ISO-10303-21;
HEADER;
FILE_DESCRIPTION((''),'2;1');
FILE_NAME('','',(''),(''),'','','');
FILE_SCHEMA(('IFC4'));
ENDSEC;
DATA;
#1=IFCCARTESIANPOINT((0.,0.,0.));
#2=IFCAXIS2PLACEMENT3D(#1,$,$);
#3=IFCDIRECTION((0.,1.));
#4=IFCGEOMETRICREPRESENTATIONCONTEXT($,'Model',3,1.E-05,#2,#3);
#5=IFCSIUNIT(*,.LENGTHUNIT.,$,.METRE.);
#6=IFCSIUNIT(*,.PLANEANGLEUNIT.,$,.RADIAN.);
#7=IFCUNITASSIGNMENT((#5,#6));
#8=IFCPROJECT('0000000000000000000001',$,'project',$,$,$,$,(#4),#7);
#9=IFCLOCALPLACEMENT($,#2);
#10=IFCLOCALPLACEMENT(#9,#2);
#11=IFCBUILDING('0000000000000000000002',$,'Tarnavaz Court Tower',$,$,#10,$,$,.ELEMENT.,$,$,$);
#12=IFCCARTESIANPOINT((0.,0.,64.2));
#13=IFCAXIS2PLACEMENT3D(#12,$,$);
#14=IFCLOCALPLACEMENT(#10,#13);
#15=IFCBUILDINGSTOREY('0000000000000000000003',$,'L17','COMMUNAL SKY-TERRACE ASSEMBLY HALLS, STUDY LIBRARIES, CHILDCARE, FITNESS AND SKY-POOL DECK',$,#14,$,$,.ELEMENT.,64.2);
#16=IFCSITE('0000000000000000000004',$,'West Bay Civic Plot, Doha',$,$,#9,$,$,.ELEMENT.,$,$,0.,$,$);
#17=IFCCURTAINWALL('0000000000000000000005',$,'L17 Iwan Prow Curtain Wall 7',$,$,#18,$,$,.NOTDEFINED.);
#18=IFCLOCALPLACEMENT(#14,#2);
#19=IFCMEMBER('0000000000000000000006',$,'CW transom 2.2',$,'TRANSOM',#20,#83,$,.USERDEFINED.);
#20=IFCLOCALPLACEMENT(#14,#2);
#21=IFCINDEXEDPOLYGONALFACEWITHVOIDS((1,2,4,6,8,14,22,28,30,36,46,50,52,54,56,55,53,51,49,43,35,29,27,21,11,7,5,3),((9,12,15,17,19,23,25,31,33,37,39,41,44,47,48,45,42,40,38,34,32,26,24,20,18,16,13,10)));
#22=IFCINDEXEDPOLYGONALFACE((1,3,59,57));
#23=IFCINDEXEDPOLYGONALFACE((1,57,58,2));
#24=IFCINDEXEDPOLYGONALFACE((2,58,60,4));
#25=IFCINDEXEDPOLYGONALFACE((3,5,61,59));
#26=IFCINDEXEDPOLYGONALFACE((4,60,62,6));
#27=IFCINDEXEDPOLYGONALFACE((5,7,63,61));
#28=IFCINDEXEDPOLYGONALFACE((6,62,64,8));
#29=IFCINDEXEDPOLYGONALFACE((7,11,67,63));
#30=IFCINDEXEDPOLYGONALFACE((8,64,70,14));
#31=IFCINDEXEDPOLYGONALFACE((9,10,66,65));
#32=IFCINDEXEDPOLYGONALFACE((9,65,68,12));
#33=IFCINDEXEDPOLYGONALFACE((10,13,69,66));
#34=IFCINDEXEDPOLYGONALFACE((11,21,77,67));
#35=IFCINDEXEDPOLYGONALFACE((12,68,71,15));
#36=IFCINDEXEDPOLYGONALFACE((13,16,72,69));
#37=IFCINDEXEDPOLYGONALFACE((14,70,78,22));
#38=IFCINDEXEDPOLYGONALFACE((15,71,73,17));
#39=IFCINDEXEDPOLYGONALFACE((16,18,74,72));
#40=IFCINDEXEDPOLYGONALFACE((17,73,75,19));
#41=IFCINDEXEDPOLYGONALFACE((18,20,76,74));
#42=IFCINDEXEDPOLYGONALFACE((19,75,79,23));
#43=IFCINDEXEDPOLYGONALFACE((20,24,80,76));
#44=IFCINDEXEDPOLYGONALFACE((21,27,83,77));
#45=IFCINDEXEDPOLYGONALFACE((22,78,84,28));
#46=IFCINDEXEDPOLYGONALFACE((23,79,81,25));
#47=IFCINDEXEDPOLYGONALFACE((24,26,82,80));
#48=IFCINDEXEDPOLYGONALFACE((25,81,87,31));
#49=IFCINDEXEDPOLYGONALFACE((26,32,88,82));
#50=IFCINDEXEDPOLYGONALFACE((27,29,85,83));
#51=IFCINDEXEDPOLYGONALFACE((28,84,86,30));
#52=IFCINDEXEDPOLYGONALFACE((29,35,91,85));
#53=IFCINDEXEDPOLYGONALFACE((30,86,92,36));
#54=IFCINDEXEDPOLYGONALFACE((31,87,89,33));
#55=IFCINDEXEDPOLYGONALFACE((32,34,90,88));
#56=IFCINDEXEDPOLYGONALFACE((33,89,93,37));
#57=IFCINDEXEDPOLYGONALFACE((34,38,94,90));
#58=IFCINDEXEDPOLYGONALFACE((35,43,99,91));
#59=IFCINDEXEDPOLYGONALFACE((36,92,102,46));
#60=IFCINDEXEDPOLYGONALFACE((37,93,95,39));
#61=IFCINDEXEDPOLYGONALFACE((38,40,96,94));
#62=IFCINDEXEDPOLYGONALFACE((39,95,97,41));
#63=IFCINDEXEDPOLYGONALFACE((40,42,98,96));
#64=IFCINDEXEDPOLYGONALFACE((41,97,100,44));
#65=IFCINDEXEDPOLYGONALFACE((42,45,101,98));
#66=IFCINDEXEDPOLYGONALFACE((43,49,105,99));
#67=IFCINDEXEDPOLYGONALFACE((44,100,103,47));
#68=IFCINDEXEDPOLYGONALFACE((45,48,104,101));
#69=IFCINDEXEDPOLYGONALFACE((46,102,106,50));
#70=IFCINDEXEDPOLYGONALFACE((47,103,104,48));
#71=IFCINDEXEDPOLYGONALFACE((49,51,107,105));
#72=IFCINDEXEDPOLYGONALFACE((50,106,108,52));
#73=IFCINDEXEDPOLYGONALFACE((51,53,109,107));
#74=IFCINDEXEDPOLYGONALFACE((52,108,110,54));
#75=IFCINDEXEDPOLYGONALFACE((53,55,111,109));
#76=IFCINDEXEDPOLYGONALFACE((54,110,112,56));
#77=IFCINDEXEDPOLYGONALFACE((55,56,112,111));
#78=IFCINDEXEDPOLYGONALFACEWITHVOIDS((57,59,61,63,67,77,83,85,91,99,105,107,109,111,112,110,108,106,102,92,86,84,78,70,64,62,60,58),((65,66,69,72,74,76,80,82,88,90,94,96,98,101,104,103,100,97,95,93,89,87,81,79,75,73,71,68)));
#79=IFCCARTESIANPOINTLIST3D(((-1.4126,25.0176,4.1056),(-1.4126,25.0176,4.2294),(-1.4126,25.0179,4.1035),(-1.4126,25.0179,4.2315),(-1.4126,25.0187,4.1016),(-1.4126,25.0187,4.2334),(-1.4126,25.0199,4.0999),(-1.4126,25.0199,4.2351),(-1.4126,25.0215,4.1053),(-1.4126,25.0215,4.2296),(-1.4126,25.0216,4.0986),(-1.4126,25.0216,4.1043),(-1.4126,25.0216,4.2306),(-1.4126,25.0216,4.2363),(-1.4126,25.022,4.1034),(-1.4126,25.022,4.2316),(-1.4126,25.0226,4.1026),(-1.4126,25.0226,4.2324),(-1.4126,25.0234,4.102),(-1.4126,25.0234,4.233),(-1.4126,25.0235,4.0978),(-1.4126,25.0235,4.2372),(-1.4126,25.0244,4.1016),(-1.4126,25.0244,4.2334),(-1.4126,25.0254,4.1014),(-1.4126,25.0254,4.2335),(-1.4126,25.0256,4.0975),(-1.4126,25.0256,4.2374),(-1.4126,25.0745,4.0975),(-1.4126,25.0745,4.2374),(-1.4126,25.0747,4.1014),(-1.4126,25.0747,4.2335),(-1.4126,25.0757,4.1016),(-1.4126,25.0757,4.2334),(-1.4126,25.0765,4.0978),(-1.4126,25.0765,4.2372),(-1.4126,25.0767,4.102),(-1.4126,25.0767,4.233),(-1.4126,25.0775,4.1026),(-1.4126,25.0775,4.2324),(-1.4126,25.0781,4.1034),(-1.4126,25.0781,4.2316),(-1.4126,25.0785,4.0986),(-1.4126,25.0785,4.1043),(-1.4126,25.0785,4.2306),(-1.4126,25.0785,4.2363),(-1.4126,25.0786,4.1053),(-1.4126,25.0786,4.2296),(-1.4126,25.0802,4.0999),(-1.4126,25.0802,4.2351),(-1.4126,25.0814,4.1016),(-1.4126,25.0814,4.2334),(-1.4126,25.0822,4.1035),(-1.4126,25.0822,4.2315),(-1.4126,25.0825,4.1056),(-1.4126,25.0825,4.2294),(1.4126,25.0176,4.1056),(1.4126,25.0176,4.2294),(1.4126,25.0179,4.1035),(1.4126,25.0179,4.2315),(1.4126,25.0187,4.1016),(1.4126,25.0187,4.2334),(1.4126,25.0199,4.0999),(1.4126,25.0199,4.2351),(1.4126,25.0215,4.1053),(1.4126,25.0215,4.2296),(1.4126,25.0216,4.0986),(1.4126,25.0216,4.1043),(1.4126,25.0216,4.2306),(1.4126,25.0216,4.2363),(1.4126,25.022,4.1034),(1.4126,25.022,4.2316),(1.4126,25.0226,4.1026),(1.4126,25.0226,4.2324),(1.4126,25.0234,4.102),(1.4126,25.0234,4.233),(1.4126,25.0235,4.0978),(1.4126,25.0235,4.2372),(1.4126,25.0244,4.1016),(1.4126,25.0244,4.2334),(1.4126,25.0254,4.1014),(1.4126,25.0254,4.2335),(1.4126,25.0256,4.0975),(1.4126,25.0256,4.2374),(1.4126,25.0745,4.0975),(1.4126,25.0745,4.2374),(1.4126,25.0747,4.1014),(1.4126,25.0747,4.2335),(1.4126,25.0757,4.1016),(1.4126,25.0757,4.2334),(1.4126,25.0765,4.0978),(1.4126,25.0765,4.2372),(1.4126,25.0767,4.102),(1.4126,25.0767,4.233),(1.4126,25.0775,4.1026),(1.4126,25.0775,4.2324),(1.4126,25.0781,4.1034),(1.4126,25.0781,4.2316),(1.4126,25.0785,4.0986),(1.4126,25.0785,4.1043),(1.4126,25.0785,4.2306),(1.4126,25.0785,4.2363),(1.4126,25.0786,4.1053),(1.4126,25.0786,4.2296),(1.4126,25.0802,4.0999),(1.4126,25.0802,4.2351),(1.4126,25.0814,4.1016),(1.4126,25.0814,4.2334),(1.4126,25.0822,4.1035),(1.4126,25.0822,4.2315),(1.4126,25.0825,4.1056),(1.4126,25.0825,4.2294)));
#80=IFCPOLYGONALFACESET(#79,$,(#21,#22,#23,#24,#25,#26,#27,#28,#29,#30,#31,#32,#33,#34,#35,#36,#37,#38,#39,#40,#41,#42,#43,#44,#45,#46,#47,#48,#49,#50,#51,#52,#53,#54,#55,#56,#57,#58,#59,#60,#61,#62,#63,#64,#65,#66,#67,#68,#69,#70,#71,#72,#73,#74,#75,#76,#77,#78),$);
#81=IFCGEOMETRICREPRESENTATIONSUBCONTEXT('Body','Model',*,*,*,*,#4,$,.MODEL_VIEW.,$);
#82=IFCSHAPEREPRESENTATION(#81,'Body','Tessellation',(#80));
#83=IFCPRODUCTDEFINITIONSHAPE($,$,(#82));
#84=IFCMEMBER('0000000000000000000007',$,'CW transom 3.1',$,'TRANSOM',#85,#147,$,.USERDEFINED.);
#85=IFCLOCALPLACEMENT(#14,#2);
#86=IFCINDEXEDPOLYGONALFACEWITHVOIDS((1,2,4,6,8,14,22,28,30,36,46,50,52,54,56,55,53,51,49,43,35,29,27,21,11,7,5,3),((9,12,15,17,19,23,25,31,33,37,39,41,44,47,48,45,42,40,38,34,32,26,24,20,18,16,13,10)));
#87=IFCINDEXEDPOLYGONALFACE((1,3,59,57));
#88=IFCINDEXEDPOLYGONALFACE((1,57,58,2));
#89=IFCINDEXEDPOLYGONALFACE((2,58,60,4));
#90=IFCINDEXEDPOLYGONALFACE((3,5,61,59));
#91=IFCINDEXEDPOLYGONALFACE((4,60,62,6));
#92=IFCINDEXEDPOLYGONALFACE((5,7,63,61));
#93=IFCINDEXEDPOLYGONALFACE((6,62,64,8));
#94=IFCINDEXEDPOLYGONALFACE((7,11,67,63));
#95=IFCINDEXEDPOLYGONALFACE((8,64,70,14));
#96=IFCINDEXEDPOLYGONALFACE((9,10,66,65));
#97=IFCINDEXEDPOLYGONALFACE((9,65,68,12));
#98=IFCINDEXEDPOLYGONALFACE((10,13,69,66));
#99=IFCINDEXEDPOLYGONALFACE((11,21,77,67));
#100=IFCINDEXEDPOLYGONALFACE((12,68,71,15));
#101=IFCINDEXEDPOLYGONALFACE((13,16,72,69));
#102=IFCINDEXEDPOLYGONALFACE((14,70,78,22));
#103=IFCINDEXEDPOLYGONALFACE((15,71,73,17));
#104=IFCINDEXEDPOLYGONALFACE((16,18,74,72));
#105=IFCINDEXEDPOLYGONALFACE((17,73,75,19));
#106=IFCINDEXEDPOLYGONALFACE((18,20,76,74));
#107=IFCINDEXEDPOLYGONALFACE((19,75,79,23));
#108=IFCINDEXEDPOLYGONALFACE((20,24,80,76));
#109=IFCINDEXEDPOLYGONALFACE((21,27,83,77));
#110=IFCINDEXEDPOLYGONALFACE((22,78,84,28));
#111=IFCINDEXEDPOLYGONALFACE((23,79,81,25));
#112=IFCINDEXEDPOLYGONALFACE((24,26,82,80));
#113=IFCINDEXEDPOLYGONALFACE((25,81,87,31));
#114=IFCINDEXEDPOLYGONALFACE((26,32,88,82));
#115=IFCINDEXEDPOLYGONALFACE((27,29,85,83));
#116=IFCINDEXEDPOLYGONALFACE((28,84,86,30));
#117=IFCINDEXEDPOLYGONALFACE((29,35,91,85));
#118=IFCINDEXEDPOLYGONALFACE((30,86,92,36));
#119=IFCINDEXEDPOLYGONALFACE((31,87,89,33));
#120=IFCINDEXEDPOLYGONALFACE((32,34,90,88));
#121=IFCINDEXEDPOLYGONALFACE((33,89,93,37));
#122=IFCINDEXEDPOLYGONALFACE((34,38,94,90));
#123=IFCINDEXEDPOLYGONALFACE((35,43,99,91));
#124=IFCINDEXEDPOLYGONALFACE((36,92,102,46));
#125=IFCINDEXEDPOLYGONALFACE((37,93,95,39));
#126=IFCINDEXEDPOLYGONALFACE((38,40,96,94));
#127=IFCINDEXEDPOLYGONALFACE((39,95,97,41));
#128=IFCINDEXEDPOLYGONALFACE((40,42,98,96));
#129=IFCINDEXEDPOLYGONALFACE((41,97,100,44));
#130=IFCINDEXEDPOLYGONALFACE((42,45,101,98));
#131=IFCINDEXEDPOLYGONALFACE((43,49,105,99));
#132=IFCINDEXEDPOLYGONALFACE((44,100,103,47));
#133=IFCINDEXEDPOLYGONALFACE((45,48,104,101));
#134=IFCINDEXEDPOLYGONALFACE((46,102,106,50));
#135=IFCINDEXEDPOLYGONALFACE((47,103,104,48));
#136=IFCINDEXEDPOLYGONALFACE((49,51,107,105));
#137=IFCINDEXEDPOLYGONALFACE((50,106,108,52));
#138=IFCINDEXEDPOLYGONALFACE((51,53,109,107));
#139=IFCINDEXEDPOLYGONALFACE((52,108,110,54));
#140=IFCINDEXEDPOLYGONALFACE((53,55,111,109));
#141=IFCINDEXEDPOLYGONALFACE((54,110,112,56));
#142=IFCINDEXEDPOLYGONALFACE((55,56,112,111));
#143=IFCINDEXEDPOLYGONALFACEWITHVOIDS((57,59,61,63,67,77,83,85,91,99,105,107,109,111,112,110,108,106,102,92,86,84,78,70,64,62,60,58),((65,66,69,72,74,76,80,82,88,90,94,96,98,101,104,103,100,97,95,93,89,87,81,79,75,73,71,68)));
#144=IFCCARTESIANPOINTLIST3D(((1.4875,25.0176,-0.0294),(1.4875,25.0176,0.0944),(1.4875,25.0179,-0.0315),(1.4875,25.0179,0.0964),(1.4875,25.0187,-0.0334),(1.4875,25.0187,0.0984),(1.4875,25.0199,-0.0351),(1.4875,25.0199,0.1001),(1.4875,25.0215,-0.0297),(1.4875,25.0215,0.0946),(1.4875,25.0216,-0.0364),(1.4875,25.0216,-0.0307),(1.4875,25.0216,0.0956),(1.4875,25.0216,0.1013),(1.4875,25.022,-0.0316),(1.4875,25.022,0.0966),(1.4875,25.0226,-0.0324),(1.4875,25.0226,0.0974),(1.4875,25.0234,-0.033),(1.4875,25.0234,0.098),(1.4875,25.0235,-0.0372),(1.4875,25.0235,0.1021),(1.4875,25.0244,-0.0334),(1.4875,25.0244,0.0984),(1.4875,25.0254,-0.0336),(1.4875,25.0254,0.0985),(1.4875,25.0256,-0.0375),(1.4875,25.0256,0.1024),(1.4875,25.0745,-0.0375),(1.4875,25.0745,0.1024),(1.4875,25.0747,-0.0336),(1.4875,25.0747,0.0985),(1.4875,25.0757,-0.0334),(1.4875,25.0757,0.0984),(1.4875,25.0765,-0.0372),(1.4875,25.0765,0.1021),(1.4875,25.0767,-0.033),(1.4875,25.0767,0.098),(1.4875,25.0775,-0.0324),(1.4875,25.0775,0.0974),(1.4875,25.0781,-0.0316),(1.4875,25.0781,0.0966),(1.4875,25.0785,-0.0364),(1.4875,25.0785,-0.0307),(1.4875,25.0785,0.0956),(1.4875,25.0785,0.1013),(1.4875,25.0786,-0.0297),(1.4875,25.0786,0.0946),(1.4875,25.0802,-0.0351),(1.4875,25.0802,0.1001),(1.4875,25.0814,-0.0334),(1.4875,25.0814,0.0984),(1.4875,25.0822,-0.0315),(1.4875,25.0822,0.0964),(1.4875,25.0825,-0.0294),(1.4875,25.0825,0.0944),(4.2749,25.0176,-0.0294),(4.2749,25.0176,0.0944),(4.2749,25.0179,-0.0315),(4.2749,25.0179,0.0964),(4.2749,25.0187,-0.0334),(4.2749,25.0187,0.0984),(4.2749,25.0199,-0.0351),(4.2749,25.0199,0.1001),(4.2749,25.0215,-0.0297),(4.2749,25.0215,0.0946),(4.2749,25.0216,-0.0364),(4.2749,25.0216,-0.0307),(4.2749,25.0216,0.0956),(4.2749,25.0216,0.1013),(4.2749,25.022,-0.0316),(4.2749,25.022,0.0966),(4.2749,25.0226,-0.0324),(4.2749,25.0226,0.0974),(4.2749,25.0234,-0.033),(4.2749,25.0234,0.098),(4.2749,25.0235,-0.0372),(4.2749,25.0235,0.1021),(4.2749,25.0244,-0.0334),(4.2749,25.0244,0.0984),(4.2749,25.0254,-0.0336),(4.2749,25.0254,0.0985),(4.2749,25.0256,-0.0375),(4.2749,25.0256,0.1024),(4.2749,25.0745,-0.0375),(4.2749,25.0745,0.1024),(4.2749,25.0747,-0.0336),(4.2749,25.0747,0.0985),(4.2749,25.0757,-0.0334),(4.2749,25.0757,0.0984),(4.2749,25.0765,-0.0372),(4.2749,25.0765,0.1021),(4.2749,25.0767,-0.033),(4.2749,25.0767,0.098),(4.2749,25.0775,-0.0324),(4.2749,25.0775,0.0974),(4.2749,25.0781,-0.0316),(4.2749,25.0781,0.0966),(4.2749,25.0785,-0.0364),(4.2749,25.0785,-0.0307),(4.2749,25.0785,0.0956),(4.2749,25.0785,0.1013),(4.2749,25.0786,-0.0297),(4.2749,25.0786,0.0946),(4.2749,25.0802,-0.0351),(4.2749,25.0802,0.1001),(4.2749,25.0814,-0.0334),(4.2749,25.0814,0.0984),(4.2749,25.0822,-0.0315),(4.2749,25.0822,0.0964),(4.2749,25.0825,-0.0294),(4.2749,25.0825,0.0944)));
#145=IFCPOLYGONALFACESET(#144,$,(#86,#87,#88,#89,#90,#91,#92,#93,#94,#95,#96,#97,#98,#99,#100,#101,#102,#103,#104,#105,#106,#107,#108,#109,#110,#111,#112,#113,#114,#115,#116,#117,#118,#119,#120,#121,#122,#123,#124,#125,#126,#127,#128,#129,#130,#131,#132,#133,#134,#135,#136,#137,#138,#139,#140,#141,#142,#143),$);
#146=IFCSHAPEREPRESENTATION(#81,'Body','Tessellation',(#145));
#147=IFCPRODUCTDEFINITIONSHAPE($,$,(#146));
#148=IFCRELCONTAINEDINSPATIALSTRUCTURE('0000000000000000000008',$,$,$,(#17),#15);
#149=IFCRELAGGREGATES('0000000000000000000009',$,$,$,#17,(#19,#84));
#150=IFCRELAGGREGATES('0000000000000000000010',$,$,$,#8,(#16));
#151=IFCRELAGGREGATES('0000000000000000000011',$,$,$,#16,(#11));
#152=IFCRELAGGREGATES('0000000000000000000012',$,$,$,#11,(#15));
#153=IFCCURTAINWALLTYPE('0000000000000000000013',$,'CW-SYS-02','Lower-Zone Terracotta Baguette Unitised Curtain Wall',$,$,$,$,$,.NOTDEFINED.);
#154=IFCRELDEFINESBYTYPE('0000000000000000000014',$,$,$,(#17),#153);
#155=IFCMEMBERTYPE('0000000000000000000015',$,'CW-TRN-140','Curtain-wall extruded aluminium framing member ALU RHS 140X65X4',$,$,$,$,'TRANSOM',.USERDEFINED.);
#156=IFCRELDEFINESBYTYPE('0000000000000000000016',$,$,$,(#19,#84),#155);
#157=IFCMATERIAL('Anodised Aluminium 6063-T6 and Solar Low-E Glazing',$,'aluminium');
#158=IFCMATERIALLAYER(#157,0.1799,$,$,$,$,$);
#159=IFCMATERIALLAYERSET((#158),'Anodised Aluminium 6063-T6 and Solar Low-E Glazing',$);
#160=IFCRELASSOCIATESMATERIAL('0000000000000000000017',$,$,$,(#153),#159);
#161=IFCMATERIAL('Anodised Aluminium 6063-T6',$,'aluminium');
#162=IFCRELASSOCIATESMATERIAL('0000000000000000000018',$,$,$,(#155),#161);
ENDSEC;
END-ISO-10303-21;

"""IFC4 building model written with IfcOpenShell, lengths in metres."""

from ifc_helpers import new_model, si_unit, direction, frame, origin, origin_2d, place, context, subcontext, project, spatial, hollow_rectangle, extrude, material, layer, layer_set, material_profile, profile_set, type_object, element, aggregate, save


model = new_model("IFC4")

# Units and contexts
model_context = context("Model", 3, precision=1e-05, world=origin(), true_north=direction((0.0, 1.0)))
body_context = subcontext(model_context, "Body", "Model", "MODEL_VIEW")
ifc_project = project(units=[si_unit("LENGTHUNIT", "METRE"), si_unit("PLANEANGLEUNIT", "RADIAN")], contexts=[model_context])

# Site, building, storey
site_placement = place(None, origin())
site = spatial("IfcSite", under=ifc_project, at=site_placement, Name="West Bay Civic Plot, Doha", CompositionType="ELEMENT", RefElevation=0.0)
building_placement = place(site_placement, origin())
building = spatial("IfcBuilding", under=site, at=building_placement, Name="Tarnavaz Court Tower", CompositionType="ELEMENT")
storey_placement = place(building_placement, frame((0.0, 0.0, 64.2)))
storey = spatial("IfcBuildingStorey", under=building, at=storey_placement, Name="L17", Description="COMMUNAL SKY-TERRACE ASSEMBLY HALLS, STUDY LIBRARIES, CHILDCARE, FITNESS AND SKY-POOL DECK", CompositionType="ELEMENT", Elevation=64.2)

# Curtain wall, members
ifc_material_1 = material(Name="Anodised Aluminium 6063-T6 and Solar Low-E Glazing", Category="aluminium")
ifc_layer_1 = layer(ifc_material_1, 0.1799)
ifc_layer_set_1 = layer_set([ifc_layer_1], Name="Anodised Aluminium 6063-T6 and Solar Low-E Glazing")
curtain_wall_type = type_object("IfcCurtainWallType", Name="CW-SYS-02", Description="Lower-Zone Terracotta Baguette Unitised Curtain Wall", PredefinedType="NOTDEFINED", material=ifc_layer_set_1)
curtain_wall_placement = place(storey_placement, origin())
curtain_wall = element("IfcCurtainWall", 1, at=curtain_wall_placement, inside=storey, type_object=curtain_wall_type, Name="L17 Iwan Prow Curtain Wall 7", PredefinedType="NOTDEFINED")
ifc_material_2 = material(Name="Anodised Aluminium 6063-T6", Category="aluminium")
ifc_material_profile_1 = material_profile(ifc_material_2, hollow_rectangle(XDim=0.0649, YDim=0.1399, WallThickness=0.0039, InnerFilletRadius=0.0039, OuterFilletRadius=0.0081, at=origin_2d()), Name="ALU RHS 140X65X4")
ifc_profile_set_1 = profile_set([ifc_material_profile_1], Name="Anodised Aluminium 6063-T6")
member_type_1 = type_object("IfcMemberType", Name="CW-TRN-140", Description="Curtain-wall extruded aluminium framing member ALU RHS 140X65X4", ElementType="TRANSOM", PredefinedType="USERDEFINED", material=ifc_profile_set_1)
member_1_placement = place(storey_placement, frame((-1.4126, 25.05, 4.1675), z_axis=(1.0, 0.0, 0.0), x_axis=(0.0, 1.0, 0.0)))
member_1 = element("IfcMember", 2, at=member_1_placement, type_object=member_type_1, Name="CW transom 2.2", ObjectType="TRANSOM", PredefinedType="USERDEFINED", context=body_context, shape_type="SweptSolid", body=[
    extrude(hollow_rectangle(XDim=0.0649, YDim=0.1399, WallThickness=0.0039, InnerFilletRadius=0.0039, OuterFilletRadius=0.0081, at=origin_2d()), origin(), (0.0, 0.0, 1.0), 2.8252),
])
member_2_placement = place(storey_placement, frame((1.4875, 25.05, 0.0325), z_axis=(1.0, 0.0, 0.0), x_axis=(0.0, 1.0, 0.0)))
member_2 = element("IfcMember", 3, at=member_2_placement, type_object=member_type_1, Name="CW transom 3.1", ObjectType="TRANSOM", PredefinedType="USERDEFINED", context=body_context, shape_type="SweptSolid", body=[
    extrude(hollow_rectangle(XDim=0.0649, YDim=0.1399, WallThickness=0.0039, InnerFilletRadius=0.0039, OuterFilletRadius=0.0081, at=origin_2d()), origin(), (0.0, 0.0, 1.0), 2.7874),
])
aggregate(curtain_wall, [member_1, member_2])

save(model, "model.ifc")
